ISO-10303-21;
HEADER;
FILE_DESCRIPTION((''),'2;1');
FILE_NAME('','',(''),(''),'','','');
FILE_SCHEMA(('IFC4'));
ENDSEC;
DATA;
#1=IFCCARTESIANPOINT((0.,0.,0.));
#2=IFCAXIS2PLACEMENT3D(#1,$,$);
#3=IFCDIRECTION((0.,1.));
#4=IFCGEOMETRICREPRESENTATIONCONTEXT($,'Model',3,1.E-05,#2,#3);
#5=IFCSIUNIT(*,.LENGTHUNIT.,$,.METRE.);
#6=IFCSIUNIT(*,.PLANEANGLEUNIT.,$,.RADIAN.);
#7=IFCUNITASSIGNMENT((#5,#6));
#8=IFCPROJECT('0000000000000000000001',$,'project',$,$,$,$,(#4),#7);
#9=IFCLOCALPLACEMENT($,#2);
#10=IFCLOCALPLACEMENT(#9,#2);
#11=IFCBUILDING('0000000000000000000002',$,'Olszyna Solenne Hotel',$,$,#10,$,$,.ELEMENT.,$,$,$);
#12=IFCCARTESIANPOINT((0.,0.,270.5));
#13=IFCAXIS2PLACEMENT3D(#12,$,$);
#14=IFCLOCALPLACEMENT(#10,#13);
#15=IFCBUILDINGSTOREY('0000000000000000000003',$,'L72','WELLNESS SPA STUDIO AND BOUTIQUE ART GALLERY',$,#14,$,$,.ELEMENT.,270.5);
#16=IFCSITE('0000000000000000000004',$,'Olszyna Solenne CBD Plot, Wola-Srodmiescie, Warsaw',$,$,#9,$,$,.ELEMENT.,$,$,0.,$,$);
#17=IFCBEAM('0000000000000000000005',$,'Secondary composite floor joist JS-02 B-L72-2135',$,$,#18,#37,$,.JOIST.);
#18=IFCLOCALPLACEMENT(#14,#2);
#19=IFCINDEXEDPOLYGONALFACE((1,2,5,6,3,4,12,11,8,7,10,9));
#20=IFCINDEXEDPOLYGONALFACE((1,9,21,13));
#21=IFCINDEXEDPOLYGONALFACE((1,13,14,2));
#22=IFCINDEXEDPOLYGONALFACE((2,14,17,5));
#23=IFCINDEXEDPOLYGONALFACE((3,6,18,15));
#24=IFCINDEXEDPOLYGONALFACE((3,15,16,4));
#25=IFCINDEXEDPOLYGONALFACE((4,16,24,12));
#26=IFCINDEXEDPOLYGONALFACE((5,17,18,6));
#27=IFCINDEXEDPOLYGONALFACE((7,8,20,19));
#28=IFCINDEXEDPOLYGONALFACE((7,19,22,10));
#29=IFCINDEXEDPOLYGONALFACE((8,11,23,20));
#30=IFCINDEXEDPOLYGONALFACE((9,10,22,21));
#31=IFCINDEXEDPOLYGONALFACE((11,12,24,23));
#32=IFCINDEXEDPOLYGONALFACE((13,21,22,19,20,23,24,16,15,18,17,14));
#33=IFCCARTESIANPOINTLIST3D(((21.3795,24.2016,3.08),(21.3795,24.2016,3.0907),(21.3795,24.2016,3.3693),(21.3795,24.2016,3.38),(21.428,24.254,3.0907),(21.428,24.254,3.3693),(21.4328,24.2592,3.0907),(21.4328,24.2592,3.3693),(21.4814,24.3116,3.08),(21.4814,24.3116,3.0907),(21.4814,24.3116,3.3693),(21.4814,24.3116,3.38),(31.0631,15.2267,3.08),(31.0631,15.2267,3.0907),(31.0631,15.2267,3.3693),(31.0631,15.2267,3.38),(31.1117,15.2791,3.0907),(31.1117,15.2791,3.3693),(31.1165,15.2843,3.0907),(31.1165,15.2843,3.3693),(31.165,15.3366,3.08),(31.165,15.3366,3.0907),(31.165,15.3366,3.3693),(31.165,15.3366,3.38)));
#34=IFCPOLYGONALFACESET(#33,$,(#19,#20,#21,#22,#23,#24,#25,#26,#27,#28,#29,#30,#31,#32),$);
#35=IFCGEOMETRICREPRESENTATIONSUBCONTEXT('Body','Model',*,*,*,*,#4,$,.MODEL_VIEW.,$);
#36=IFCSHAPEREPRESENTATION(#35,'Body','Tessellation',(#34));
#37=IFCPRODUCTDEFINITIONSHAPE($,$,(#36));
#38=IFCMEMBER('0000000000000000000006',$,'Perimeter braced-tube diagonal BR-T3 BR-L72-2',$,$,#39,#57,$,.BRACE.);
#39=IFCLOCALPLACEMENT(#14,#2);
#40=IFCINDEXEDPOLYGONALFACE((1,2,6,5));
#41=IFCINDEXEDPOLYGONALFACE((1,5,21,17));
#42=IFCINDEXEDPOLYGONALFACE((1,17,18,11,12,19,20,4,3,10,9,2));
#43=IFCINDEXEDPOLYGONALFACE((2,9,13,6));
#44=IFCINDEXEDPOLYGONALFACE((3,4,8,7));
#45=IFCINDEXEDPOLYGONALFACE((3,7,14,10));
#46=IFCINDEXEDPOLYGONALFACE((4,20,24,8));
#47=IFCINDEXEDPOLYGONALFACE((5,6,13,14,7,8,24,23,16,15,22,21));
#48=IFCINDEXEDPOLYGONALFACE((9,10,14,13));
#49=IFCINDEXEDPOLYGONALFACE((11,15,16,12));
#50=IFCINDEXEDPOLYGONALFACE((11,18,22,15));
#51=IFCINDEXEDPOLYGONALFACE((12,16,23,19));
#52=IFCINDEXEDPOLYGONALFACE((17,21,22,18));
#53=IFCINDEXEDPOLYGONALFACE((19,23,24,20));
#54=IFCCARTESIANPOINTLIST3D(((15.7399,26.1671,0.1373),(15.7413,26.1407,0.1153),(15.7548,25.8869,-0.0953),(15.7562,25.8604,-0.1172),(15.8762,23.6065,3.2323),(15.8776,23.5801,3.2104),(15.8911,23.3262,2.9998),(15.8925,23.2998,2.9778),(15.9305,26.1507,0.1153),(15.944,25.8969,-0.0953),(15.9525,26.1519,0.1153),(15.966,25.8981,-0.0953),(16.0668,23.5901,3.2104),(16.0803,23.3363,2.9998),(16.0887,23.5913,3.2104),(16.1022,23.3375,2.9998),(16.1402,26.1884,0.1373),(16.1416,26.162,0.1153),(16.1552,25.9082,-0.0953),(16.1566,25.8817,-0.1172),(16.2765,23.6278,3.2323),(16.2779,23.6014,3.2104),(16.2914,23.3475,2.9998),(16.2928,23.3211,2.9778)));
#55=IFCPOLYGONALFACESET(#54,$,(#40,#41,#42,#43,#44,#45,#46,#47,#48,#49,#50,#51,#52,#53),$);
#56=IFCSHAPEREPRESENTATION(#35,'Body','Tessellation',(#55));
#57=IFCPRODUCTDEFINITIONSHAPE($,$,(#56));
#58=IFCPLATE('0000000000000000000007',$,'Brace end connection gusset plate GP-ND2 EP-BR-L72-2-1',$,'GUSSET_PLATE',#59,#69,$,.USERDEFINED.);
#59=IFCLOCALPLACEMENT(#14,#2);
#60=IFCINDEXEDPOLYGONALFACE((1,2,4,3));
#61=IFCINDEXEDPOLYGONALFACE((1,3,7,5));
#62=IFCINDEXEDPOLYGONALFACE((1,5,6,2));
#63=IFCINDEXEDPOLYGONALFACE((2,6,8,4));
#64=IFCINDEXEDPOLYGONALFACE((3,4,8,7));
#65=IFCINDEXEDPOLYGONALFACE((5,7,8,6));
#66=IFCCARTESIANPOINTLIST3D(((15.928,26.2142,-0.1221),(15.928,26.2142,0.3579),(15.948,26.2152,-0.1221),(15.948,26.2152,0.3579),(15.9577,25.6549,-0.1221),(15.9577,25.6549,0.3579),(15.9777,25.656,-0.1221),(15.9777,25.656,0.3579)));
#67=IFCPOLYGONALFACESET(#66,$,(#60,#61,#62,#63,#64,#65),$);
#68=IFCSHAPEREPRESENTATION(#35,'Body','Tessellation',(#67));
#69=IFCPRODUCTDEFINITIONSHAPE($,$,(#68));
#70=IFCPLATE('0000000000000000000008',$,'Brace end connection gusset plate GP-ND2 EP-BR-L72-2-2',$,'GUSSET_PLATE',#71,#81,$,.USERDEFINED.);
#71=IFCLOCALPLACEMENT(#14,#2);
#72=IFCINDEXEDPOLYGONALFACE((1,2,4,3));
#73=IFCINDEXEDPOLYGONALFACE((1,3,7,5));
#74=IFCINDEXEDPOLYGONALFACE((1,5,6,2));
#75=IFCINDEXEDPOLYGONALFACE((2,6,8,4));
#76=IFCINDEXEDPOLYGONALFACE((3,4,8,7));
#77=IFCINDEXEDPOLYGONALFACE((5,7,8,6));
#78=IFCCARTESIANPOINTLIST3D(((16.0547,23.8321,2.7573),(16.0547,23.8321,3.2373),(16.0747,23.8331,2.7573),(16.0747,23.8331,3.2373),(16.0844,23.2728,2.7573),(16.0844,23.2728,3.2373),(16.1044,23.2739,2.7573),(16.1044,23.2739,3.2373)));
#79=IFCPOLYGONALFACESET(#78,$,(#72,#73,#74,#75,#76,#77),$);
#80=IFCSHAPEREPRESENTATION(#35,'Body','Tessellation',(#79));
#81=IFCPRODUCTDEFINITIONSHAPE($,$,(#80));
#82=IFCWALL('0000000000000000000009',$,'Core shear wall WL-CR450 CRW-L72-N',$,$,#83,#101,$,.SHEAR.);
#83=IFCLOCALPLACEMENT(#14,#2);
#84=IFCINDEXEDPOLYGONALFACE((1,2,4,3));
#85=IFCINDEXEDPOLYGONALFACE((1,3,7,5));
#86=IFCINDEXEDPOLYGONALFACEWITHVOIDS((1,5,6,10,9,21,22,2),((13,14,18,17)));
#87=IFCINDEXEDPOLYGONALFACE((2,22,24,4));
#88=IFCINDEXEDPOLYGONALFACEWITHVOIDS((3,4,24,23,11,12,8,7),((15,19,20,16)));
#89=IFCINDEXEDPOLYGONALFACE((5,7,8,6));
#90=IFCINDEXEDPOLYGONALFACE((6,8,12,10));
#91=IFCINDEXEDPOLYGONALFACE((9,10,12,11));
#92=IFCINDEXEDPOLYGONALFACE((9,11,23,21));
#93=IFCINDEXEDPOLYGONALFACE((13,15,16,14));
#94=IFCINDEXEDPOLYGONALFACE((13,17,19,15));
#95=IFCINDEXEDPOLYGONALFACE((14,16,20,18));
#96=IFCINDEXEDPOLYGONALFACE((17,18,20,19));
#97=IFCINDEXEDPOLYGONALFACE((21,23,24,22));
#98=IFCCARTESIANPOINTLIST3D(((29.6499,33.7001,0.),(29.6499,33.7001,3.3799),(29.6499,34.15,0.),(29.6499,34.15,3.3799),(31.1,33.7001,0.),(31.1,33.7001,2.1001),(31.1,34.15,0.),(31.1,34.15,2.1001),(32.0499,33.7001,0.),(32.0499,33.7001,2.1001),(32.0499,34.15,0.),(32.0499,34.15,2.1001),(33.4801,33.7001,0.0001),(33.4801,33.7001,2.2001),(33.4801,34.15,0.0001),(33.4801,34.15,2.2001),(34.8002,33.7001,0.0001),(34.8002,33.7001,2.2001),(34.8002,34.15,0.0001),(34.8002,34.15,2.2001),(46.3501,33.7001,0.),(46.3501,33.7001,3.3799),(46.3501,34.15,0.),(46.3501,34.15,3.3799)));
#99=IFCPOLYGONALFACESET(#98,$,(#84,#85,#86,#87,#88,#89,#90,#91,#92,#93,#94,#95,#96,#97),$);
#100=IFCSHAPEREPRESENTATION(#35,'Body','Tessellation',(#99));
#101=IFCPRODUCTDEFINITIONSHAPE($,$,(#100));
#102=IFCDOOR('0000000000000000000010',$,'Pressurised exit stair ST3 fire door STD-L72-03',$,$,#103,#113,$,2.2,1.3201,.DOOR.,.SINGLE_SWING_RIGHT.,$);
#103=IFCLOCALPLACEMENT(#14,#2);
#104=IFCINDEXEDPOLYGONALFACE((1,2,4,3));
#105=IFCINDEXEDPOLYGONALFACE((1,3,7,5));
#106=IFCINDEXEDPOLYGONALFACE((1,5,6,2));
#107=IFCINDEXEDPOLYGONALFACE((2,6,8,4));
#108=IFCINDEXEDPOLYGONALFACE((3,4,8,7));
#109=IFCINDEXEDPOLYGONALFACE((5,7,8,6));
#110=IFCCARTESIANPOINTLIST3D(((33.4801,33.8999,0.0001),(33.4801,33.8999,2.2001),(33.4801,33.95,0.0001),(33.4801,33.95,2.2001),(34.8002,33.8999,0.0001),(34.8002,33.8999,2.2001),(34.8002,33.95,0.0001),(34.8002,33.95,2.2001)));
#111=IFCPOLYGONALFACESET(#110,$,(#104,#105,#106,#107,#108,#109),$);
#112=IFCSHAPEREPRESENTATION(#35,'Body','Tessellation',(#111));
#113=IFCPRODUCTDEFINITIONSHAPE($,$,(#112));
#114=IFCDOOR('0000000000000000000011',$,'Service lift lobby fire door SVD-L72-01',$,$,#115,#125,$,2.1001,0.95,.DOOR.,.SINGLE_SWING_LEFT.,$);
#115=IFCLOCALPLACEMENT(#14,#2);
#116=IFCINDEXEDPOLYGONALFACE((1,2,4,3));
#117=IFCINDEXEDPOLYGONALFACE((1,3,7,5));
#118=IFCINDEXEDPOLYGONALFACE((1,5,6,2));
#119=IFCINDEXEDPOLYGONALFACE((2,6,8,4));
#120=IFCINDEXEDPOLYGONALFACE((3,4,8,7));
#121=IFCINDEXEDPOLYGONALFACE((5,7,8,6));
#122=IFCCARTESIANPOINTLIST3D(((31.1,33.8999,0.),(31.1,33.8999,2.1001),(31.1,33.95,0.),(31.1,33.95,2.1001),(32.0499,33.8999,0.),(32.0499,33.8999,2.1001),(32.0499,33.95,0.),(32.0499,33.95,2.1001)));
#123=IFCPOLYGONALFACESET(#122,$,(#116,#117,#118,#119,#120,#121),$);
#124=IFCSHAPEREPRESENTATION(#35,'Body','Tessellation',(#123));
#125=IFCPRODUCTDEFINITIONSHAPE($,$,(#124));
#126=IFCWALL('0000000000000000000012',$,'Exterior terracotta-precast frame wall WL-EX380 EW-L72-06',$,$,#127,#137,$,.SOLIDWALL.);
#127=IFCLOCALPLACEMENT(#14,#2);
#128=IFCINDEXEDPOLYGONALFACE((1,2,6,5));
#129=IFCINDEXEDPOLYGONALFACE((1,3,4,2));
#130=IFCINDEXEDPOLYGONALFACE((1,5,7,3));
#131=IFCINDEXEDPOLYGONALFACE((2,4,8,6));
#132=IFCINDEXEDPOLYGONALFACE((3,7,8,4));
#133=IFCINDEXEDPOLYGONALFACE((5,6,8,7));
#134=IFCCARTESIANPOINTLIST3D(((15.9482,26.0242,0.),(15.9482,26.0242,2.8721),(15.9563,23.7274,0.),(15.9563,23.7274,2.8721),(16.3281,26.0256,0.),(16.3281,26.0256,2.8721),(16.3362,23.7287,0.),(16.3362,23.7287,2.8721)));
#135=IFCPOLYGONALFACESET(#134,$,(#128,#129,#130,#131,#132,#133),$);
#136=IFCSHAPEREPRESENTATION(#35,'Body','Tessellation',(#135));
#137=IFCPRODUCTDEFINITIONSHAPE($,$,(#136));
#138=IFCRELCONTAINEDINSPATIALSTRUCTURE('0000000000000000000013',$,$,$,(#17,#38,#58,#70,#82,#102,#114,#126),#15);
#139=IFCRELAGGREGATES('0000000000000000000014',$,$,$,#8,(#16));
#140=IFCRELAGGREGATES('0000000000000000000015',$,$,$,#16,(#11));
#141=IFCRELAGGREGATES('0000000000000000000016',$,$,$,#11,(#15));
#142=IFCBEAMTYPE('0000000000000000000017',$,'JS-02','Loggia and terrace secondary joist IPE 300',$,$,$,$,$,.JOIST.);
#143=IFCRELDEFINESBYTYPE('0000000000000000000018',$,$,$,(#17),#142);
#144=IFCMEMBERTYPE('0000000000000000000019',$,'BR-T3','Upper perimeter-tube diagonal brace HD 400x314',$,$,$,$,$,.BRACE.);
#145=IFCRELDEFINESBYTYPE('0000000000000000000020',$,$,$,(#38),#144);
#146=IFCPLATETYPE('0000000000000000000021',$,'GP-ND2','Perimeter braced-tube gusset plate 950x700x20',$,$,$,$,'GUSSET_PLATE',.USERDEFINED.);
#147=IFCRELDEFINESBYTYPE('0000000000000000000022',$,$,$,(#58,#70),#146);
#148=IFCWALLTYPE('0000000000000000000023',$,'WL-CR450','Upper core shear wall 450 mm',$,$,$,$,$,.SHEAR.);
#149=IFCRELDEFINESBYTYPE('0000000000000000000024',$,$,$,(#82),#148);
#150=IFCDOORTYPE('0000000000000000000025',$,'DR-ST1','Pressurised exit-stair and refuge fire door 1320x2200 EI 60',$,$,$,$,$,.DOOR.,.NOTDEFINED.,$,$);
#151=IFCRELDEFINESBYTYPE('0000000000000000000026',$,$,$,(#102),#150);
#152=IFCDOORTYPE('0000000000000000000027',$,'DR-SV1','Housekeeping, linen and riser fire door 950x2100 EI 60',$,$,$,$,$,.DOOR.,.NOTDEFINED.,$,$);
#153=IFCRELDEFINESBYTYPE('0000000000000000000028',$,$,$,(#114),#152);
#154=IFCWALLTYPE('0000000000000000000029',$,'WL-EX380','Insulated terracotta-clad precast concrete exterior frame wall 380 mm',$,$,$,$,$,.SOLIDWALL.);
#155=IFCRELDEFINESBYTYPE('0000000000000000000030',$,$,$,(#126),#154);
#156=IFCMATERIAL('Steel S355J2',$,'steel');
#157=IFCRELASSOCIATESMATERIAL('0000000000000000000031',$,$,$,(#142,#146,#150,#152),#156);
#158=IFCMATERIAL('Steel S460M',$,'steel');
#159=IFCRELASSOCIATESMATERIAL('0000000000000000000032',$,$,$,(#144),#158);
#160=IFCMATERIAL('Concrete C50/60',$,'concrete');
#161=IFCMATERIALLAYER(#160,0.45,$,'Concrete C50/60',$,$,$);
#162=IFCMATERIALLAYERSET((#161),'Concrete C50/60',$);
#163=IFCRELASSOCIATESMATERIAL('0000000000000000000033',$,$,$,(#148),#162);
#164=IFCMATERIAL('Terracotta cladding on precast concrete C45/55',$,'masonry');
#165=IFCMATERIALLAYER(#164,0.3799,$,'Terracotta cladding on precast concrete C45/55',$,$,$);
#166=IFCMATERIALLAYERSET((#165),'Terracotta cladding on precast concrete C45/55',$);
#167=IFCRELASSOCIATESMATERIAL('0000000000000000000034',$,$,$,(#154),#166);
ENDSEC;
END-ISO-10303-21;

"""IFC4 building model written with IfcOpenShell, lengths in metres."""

from ifc_helpers import new_model, si_unit, direction, frame, frame_2d, origin, origin_2d, place, context, subcontext, project, spatial, rectangle, i_section, extrude, source, transform, mapped, material, layer, layer_set, material_profile, profile_set, type_object, type_shapes, element, fill, save


model = new_model("IFC4")

# Units and contexts
model_context = context("Model", 3, precision=1e-05, world=origin(), true_north=direction((0.0, 1.0)))
body_context = subcontext(model_context, "Body", "Model", "MODEL_VIEW")
ifc_project = project(units=[si_unit("LENGTHUNIT", "METRE"), si_unit("PLANEANGLEUNIT", "RADIAN")], contexts=[model_context])

# Site, building, storey
site_placement = place(None, origin())
site = spatial("IfcSite", under=ifc_project, at=site_placement, Name="Olszyna Solenne CBD Plot, Wola-Srodmiescie, Warsaw", CompositionType="ELEMENT", RefElevation=0.0)
building_placement = place(site_placement, origin())
building = spatial("IfcBuilding", under=site, at=building_placement, Name="Olszyna Solenne Hotel", CompositionType="ELEMENT")
storey_placement = place(building_placement, frame((0.0, 0.0, 270.5)))
storey = spatial("IfcBuildingStorey", under=building, at=storey_placement, Name="L72", Description="WELLNESS SPA STUDIO AND BOUTIQUE ART GALLERY", CompositionType="ELEMENT", Elevation=270.5)

# Shared definitions
ifc_material_1 = material(Name="Steel S460M", Category="steel")

# Beam
ifc_material_2 = material(Name="Steel S355J2", Category="steel")
ifc_material_profile_1 = material_profile(ifc_material_2, i_section(OverallWidth=0.1499, OverallDepth=0.3, WebThickness=0.0071, FlangeThickness=0.0107, at=origin_2d()), Name="IPE 300", Category="load-bearing")
ifc_profile_set_1 = profile_set([ifc_material_profile_1], Name="Steel S355J2")
beam_type_1 = type_object("IfcBeamType", Name="JS-02", Description="Loggia and terrace secondary joist IPE 300", PredefinedType="JOIST", material=ifc_profile_set_1)
shared_shape_1 = source(origin(), body_context, "Body", "SweptSolid", [
    extrude(i_section(OverallWidth=0.1499, OverallDepth=0.3, WebThickness=0.0071, FlangeThickness=0.0107, at=origin_2d()), origin(), (0.0, 0.0, 1.0), 13.2031),
])
beam_1_placement = place(storey_placement, frame((21.4304, 24.2566, 3.23), z_axis=(0.733437, -0.679757, 0.0), x_axis=(0.679757, 0.733437, 0.0)))
element("IfcBeam", 1, at=beam_1_placement, inside=storey, type_object=beam_type_1, Name="Secondary composite floor joist JS-02 B-L72-2135", PredefinedType="JOIST", context=body_context, shape_type="MappedRepresentation", body=[
    mapped(shared_shape_1, transform((0.0, 0.0, 0.0), x_axis=(1.0, 0.0, 0.0), y_axis=(0.0, 1.0, 0.0), z_axis=(0.0, 0.0, 1.0), scale=1.0)),
])

# Member
ifc_material_profile_2 = material_profile(ifc_material_1, i_section(OverallWidth=0.4009, OverallDepth=0.3989, WebThickness=0.022, FlangeThickness=0.0344, at=origin_2d()), Name="HD 400x314", Category="load-bearing")
ifc_profile_set_2 = profile_set([ifc_material_profile_2], Name="Steel S460M")
member_type = type_object("IfcMemberType", Name="BR-T3", Description="Upper perimeter-tube diagonal brace HD 400x314", PredefinedType="BRACE", material=ifc_profile_set_2)
shared_shape_2 = source(origin(), body_context, "Body", "SweptSolid", [
    extrude(i_section(OverallWidth=0.4009, OverallDepth=0.3989, WebThickness=0.022, FlangeThickness=0.0344, at=origin_2d()), origin(), (0.0, 0.0, 1.0), 4.0193),
])
member_placement = place(storey_placement, frame((15.9482, 26.0244, 0.01), z_axis=(0.033895, -0.637082, 0.77005), x_axis=(0.998588, 0.053129, 0.0)))
element("IfcMember", 2, at=member_placement, inside=storey, type_object=member_type, Name="Perimeter braced-tube diagonal BR-T3 BR-L72-2", PredefinedType="BRACE", context=body_context, shape_type="MappedRepresentation", body=[
    mapped(shared_shape_2, transform((0.0, 0.0, 0.0), x_axis=(1.0, 0.0, 0.0), y_axis=(0.0, 1.0, 0.0), z_axis=(0.0, 0.0, 1.0), scale=1.0)),
])

# Plates
plate_type = type_object("IfcPlateType", Name="GP-ND2", Description="Perimeter braced-tube gusset plate 950x700x20", ElementType="GUSSET_PLATE", PredefinedType="USERDEFINED", material=ifc_material_2)
shared_shape_3 = source(origin(), body_context, "Body", "SweptSolid", [
    extrude(rectangle(XDim=0.5601, YDim=0.02, at=origin_2d()), origin(), (0.0, 0.0, 1.0), 0.48),
])
for number, where, z_axis, x_axis, name in (
    (3, (15.9529, 25.9351, -0.1221), (0.0, 0.0, 1.0), (0.053033, -0.998593, 0.0), "Brace end connection gusset plate GP-ND2 EP-BR-L72-2-1"),
    (4, (16.0796, 23.553, 2.7573), (0.0, 0.0, 1.0), (0.053033, -0.998593, 0.0), "Brace end connection gusset plate GP-ND2 EP-BR-L72-2-2"),
):
    element("IfcPlate", number, at=place(storey_placement, frame(where, z_axis=z_axis, x_axis=x_axis)), inside=storey, type_object=plate_type, Name=name, ObjectType="GUSSET_PLATE", PredefinedType="USERDEFINED", context=body_context, shape_type="MappedRepresentation", body=[
        mapped(shared_shape_3, transform((0.0, 0.0, 0.0), x_axis=(1.0, 0.0, 0.0), y_axis=(0.0, 1.0, 0.0), z_axis=(0.0, 0.0, 1.0), scale=1.0)),
    ])

# Wall, openings, doors
ifc_material_3 = material(Name="Concrete C50/60", Category="concrete")
ifc_layer_1 = layer(ifc_material_3, 0.45, Name="Concrete C50/60")
ifc_layer_set_1 = layer_set([ifc_layer_1], Name="Concrete C50/60")
wall_type_1 = type_object("IfcWallType", Name="WL-CR450", Description="Upper core shear wall 450 mm", PredefinedType="SHEAR", material=ifc_layer_set_1)
wall_1_placement = place(storey_placement, frame((29.6499, 33.925, 0.0), z_axis=(0.0, 0.0, 1.0), x_axis=(1.0, 0.0, 0.0)))
wall_1 = element("IfcWall", 5, at=wall_1_placement, inside=storey, type_object=wall_type_1, Name="Core shear wall WL-CR450 CRW-L72-N", PredefinedType="SHEAR", context=body_context, shape_type="SweptSolid", body=[
    extrude(rectangle(XDim=16.7002, YDim=0.45, at=frame_2d((8.3501, 0.0))), origin(), (0.0, 0.0, 1.0), 3.3799),
])
opening_1_placement = place(wall_1_placement, frame((1.45, 0.0, 0.0)))
opening_1 = element("IfcOpeningElement", 6, at=opening_1_placement, cuts=wall_1, PredefinedType="OPENING", context=body_context, shape_type="SweptSolid", body=[
    extrude(rectangle(XDim=0.95, YDim=2.1001, at=frame_2d((0.4751, 1.05))), frame((0.0, 0.2349, 0.0), z_axis=(0.0, -1.0, 0.0), x_axis=(1.0, 0.0, 0.0)), (0.0, 0.0, 1.0), 0.47),
])
opening_2_placement = place(wall_1_placement, frame((3.8301, 0.0, 0.0)))
opening_2 = element("IfcOpeningElement", 7, at=opening_2_placement, cuts=wall_1, PredefinedType="OPENING", context=body_context, shape_type="SweptSolid", body=[
    extrude(rectangle(XDim=1.3201, YDim=2.2, at=frame_2d((0.6602, 1.1001))), frame((0.0, 0.2349, 0.0), z_axis=(0.0, -1.0, 0.0), x_axis=(1.0, 0.0, 0.0)), (0.0, 0.0, 1.0), 0.47),
])
door_type_1 = type_object("IfcDoorType", Name="DR-ST1", Description="Pressurised exit-stair and refuge fire door 1320x2200 EI 60", OperationType="NOTDEFINED", PredefinedType="DOOR", material=ifc_material_2)
shared_shape_4 = source(origin(), body_context, "Body", "SweptSolid", [
    extrude(rectangle(XDim=1.3201, YDim=2.2, at=frame_2d((0.6602, 1.1001))), frame((0.0, 0.0249, 0.0), z_axis=(0.0, -1.0, 0.0), x_axis=(1.0, 0.0, 0.0)), (0.0, 0.0, 1.0), 0.05),
])
type_shapes(door_type_1, [shared_shape_4])
door_1_placement = place(opening_2_placement, origin())
door_1 = element("IfcDoor", 8, at=door_1_placement, inside=storey, type_object=door_type_1, Name="Pressurised exit stair ST3 fire door STD-L72-03", OperationType="SINGLE_SWING_RIGHT", OverallHeight=2.2, OverallWidth=1.3201, PredefinedType="DOOR", context=body_context, shape_type="MappedRepresentation", body=[
    mapped(shared_shape_4, transform((0.0, 0.0, 0.0), x_axis=(1.0, 0.0, 0.0), y_axis=(0.0, 1.0, 0.0), z_axis=(0.0, 0.0, 1.0), scale=1.0)),
])
fill(opening_2, door_1)
door_type_2 = type_object("IfcDoorType", Name="DR-SV1", Description="Housekeeping, linen and riser fire door 950x2100 EI 60", OperationType="NOTDEFINED", PredefinedType="DOOR", material=ifc_material_2)
shared_shape_5 = source(origin(), body_context, "Body", "SweptSolid", [
    extrude(rectangle(XDim=0.95, YDim=2.1001, at=frame_2d((0.4751, 1.05))), frame((0.0, 0.0249, 0.0), z_axis=(0.0, -1.0, 0.0), x_axis=(1.0, 0.0, 0.0)), (0.0, 0.0, 1.0), 0.05),
])
type_shapes(door_type_2, [shared_shape_5])
door_2_placement = place(opening_1_placement, origin())
door_2 = element("IfcDoor", 9, at=door_2_placement, inside=storey, type_object=door_type_2, Name="Service lift lobby fire door SVD-L72-01", OperationType="SINGLE_SWING_LEFT", OverallHeight=2.1001, OverallWidth=0.95, PredefinedType="DOOR", context=body_context, shape_type="MappedRepresentation", body=[
    mapped(shared_shape_5, transform((0.0, 0.0, 0.0), x_axis=(1.0, 0.0, 0.0), y_axis=(0.0, 1.0, 0.0), z_axis=(0.0, 0.0, 1.0), scale=1.0)),
])
fill(opening_1, door_2)

# Wall
ifc_material_4 = material(Name="Terracotta cladding on precast concrete C45/55", Category="masonry")
ifc_layer_2 = layer(ifc_material_4, 0.3799, Name="Terracotta cladding on precast concrete C45/55")
ifc_layer_set_2 = layer_set([ifc_layer_2], Name="Terracotta cladding on precast concrete C45/55")
wall_type_2 = type_object("IfcWallType", Name="WL-EX380", Description="Insulated terracotta-clad precast concrete exterior frame wall 380 mm", PredefinedType="SOLIDWALL", material=ifc_layer_set_2)
wall_2_placement = place(storey_placement, frame((16.1462, 23.728, 0.0), z_axis=(0.0, 0.0, 1.0), x_axis=(-0.003508, 0.999994, 0.0)))
element("IfcWall", 10, at=wall_2_placement, inside=storey, type_object=wall_type_2, Name="Exterior terracotta-precast frame wall WL-EX380 EW-L72-06", PredefinedType="SOLIDWALL", context=body_context, shape_type="SweptSolid", body=[
    extrude(rectangle(XDim=2.2969, YDim=0.3799, at=frame_2d((1.1484, 0.0))), origin(), (0.0, 0.0, 1.0), 2.8721),
])

save(model, "model.ifc")
